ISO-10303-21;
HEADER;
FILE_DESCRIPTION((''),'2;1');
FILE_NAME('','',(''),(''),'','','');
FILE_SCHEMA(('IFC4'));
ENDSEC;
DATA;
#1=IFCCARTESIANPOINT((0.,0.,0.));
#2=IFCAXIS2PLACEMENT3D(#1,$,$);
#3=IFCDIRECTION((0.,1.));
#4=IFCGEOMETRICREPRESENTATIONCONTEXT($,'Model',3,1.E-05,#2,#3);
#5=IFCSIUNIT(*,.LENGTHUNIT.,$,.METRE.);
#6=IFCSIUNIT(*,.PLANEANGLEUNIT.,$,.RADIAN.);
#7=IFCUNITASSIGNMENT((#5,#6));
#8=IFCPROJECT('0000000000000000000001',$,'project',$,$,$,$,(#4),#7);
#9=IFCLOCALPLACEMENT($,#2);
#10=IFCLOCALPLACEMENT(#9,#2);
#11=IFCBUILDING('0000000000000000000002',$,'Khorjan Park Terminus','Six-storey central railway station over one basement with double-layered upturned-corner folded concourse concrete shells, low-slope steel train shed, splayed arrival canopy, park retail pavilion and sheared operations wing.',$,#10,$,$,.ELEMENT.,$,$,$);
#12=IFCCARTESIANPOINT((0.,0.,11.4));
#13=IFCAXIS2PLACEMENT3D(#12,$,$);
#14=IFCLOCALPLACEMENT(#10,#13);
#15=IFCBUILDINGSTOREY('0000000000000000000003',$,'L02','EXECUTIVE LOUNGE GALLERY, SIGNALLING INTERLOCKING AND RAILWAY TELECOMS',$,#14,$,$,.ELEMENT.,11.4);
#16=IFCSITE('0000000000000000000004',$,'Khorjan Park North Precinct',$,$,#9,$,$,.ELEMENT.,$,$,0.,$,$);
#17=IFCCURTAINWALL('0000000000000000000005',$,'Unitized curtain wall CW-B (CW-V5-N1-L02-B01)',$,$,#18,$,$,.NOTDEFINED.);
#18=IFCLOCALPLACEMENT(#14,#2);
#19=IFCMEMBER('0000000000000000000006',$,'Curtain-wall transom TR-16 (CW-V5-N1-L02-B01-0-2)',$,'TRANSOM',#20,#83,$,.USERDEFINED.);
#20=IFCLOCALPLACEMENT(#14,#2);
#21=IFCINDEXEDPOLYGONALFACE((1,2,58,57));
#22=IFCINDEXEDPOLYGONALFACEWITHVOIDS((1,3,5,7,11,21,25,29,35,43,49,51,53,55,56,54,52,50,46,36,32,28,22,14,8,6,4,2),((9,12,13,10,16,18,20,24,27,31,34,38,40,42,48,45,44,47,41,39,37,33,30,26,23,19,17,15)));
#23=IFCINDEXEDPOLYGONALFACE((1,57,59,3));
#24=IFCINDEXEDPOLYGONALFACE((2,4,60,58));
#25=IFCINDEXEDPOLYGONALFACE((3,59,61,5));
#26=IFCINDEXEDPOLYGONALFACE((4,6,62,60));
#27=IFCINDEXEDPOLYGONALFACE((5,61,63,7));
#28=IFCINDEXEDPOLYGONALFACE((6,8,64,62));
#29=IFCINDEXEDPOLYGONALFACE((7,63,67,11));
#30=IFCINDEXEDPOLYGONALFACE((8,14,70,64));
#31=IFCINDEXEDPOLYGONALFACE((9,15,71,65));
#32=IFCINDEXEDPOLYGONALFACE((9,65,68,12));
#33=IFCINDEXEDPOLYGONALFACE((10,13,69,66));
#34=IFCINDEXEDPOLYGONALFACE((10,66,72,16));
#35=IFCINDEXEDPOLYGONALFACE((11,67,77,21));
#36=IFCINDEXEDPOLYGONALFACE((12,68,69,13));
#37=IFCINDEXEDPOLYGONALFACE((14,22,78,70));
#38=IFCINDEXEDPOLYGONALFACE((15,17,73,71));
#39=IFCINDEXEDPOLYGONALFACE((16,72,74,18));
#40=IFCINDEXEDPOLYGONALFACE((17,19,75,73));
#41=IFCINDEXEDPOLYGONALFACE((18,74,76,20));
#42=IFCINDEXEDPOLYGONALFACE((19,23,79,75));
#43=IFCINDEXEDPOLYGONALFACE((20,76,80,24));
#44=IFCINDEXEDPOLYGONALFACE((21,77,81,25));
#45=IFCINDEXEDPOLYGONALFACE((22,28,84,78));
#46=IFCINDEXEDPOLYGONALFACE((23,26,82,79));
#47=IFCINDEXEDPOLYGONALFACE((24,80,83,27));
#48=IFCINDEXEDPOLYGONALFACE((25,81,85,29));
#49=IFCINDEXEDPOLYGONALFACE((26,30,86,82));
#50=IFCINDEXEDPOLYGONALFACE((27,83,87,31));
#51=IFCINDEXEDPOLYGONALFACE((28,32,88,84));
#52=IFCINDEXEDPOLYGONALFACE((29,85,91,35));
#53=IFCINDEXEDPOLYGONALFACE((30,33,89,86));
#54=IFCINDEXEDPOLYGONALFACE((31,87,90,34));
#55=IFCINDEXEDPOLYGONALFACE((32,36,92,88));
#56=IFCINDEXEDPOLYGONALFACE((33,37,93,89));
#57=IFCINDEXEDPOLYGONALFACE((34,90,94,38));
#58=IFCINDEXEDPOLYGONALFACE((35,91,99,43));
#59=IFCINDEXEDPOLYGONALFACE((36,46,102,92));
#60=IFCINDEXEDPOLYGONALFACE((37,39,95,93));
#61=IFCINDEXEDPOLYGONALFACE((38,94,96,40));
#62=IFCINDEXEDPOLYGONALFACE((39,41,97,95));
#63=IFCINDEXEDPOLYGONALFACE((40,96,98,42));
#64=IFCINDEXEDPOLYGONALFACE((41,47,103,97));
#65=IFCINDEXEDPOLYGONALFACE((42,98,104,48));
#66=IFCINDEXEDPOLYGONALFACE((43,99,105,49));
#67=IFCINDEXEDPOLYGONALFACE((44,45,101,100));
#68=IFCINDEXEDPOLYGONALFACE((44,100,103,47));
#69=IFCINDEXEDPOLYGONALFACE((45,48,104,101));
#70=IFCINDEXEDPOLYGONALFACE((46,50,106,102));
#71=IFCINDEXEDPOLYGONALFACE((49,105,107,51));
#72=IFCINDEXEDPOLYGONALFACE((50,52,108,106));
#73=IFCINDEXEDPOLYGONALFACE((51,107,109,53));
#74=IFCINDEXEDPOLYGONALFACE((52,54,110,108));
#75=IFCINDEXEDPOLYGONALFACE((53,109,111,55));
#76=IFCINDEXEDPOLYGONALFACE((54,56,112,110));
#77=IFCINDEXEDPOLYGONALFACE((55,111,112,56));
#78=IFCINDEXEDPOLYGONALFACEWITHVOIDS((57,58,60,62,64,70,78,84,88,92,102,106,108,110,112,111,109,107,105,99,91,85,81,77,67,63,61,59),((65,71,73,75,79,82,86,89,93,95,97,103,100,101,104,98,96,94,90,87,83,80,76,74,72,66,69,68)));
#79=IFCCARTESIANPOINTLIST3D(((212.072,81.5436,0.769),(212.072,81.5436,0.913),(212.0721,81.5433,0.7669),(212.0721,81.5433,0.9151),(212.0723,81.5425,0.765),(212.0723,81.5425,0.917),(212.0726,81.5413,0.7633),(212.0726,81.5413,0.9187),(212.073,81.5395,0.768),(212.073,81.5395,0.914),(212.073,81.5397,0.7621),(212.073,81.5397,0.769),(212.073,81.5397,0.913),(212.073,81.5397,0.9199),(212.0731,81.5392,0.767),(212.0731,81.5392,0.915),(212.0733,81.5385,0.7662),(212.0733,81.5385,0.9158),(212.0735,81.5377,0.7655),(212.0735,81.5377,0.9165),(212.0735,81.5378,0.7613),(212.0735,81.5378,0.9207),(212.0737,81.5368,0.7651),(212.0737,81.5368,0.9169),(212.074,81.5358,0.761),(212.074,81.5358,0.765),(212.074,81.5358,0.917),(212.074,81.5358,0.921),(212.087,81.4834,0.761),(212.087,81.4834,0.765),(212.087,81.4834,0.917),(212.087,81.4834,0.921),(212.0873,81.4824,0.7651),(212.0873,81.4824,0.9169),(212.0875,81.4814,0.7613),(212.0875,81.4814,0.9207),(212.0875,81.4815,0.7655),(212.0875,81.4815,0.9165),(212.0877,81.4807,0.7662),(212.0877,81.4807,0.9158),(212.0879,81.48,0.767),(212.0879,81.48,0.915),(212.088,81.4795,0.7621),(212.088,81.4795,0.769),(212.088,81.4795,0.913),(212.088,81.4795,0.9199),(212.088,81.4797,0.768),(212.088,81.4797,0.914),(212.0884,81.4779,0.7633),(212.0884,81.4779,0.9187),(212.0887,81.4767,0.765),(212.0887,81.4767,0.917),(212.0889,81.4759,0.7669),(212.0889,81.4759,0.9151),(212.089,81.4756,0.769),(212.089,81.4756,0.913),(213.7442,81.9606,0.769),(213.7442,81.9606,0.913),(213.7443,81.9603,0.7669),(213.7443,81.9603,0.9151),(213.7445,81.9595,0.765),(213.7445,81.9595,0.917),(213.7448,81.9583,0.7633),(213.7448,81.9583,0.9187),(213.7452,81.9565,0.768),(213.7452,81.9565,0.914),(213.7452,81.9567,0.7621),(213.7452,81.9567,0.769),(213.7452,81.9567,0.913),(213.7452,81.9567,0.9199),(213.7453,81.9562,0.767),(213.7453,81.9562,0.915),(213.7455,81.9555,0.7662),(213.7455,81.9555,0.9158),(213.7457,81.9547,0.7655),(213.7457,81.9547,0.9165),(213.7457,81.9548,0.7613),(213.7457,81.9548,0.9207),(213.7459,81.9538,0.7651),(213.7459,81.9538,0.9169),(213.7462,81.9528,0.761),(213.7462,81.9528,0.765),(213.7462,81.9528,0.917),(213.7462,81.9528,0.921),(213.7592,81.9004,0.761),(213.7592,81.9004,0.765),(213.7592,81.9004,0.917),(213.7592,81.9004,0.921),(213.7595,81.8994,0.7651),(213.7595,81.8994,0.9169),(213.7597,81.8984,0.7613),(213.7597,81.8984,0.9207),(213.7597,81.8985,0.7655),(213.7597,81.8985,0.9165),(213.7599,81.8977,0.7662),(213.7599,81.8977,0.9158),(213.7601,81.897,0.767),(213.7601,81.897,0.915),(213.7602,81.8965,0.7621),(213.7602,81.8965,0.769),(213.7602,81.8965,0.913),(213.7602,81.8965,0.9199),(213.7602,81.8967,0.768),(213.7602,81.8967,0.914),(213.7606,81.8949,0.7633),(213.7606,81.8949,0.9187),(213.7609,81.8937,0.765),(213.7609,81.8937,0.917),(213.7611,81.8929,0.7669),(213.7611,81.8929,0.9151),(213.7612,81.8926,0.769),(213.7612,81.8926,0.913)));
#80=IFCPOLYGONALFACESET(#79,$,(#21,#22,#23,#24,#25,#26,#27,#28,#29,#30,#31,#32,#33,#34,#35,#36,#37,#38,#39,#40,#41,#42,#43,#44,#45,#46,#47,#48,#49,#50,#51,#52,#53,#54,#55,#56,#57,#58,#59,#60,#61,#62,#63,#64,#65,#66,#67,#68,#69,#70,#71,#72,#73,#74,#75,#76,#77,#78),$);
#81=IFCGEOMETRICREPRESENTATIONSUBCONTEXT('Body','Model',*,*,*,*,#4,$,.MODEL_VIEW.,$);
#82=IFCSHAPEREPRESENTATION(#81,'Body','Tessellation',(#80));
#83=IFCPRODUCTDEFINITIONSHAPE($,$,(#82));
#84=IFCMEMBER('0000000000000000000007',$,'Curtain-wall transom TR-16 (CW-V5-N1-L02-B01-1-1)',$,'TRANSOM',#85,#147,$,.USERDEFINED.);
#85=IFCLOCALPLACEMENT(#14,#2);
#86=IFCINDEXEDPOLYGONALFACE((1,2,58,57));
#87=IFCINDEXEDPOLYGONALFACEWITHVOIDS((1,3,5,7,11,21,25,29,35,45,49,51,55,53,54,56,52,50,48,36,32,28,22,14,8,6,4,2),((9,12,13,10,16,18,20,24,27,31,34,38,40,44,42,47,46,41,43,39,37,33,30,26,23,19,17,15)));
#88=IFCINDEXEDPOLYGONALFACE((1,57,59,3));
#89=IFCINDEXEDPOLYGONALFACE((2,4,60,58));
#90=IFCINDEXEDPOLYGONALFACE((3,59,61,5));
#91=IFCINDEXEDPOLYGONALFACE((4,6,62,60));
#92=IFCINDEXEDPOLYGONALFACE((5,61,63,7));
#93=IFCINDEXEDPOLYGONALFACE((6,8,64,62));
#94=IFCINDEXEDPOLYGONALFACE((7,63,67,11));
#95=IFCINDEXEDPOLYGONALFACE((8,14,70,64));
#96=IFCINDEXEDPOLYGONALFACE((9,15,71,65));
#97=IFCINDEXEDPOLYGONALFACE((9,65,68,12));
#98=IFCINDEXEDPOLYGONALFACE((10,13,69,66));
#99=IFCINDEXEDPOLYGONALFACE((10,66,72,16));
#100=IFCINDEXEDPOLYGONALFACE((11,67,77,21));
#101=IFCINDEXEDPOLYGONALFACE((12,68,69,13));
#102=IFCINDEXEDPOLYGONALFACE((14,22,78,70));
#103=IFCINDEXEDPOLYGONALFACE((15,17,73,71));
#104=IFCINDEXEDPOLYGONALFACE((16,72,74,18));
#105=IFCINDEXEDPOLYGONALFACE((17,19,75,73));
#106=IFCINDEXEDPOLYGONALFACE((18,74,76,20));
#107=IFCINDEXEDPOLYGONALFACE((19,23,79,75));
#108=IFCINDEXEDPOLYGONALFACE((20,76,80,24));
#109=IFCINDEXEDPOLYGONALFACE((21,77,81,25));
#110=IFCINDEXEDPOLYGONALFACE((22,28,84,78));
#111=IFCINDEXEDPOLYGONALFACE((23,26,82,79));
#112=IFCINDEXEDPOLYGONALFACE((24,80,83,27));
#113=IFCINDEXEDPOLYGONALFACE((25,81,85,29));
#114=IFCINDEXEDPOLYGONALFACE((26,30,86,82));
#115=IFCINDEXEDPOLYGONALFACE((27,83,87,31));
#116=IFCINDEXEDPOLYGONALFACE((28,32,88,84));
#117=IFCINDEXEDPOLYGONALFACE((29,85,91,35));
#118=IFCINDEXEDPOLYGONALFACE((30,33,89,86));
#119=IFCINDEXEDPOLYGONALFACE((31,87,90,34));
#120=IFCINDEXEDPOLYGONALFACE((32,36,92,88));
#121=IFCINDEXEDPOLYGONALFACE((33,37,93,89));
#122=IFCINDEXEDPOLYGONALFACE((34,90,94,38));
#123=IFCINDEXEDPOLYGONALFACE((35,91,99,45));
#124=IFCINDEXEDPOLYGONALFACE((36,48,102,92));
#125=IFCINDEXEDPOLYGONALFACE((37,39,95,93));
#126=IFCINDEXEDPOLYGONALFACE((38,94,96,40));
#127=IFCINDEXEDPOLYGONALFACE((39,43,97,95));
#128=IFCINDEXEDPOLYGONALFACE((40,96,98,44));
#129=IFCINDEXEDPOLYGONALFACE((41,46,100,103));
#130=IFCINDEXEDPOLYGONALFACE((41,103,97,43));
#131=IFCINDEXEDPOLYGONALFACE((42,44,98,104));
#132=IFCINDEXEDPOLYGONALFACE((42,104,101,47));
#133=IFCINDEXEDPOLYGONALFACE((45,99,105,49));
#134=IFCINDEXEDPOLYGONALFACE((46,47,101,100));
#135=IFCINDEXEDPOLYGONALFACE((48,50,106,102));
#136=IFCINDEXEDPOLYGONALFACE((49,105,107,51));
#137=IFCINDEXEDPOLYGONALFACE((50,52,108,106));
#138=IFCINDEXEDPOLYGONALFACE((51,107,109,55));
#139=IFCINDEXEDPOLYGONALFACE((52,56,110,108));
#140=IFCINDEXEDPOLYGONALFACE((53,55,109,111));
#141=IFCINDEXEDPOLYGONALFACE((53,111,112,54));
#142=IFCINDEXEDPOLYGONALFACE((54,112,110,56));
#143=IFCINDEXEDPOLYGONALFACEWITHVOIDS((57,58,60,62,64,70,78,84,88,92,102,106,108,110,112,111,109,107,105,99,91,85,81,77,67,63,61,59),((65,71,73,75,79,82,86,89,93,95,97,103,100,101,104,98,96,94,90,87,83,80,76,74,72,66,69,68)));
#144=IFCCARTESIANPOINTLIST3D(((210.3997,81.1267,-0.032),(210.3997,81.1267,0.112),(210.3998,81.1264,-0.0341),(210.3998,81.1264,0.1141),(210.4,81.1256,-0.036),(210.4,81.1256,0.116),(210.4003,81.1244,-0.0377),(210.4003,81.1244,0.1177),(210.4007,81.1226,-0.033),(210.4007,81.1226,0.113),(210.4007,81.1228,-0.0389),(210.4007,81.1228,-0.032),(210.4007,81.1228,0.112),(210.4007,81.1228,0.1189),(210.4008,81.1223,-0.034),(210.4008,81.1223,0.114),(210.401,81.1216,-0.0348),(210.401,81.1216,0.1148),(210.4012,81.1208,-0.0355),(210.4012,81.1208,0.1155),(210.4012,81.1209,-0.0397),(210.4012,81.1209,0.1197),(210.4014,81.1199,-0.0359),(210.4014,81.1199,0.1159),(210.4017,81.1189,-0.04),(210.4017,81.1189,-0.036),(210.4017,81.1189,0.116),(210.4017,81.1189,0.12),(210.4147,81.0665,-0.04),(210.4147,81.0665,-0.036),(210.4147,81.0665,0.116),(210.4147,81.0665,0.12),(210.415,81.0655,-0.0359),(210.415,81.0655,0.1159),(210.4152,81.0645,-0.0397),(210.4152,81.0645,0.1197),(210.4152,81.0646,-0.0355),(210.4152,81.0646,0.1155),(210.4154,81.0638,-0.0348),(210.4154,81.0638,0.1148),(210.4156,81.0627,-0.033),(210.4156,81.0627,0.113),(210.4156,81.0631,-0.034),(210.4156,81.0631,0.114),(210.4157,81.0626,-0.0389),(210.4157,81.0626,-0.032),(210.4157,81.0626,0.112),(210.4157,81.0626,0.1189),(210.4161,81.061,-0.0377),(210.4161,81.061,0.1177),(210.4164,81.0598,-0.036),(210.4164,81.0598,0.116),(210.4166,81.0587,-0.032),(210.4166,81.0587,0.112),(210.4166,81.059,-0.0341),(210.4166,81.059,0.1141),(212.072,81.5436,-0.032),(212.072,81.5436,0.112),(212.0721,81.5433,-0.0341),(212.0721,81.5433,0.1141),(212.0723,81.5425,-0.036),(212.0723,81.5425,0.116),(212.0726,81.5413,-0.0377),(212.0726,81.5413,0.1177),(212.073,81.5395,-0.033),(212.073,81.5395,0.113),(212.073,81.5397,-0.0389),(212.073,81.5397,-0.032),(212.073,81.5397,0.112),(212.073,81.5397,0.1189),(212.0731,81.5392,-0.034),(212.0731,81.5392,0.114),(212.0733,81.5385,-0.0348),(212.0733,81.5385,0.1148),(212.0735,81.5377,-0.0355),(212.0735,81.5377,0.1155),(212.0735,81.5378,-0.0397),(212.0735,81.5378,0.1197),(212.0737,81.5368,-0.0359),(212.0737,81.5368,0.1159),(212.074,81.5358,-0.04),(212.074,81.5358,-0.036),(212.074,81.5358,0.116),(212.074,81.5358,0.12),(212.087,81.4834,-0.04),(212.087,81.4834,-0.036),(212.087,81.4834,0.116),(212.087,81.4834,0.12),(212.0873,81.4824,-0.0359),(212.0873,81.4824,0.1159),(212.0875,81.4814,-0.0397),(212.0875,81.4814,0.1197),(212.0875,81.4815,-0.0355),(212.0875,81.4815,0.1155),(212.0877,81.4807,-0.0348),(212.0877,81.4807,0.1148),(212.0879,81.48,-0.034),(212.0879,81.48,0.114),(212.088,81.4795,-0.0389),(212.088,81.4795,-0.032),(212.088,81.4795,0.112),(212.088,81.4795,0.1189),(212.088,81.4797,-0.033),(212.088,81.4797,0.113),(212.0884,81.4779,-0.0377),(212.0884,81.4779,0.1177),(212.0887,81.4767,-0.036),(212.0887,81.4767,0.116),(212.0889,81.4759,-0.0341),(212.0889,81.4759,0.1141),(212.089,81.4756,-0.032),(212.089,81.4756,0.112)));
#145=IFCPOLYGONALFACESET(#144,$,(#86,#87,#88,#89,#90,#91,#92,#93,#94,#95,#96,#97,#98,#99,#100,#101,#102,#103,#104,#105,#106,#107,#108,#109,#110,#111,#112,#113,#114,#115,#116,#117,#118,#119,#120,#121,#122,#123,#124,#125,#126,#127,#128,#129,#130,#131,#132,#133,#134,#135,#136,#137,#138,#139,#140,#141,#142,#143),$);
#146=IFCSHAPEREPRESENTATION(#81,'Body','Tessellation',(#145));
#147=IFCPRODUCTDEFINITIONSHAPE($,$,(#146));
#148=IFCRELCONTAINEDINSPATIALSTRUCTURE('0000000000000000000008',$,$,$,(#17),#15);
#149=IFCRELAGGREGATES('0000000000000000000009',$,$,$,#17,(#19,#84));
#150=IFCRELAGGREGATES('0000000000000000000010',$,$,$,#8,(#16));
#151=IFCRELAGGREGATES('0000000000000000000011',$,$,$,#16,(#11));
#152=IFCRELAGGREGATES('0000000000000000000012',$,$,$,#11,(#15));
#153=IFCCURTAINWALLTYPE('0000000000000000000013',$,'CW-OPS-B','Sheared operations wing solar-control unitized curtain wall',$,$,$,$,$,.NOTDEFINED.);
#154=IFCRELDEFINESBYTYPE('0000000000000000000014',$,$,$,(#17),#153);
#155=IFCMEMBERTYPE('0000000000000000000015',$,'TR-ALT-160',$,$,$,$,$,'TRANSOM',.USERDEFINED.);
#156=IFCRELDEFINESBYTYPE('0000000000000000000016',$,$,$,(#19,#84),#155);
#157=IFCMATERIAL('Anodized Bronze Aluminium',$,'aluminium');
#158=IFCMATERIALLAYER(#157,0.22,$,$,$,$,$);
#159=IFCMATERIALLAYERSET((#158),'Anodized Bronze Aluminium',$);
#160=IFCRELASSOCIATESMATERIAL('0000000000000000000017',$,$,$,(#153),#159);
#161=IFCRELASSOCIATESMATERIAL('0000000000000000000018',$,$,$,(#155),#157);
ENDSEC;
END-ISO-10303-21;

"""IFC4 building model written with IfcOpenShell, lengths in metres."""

from ifc_helpers import new_model, si_unit, direction, frame, origin, origin_2d, place, context, subcontext, project, spatial, hollow_rectangle, extrude, material, layer, layer_set, material_profile, profile_set, type_object, element, aggregate, save


model = new_model("IFC4")

# Units and contexts
model_context = context("Model", 3, precision=1e-05, world=origin(), true_north=direction((0.0, 1.0)))
body_context = subcontext(model_context, "Body", "Model", "MODEL_VIEW")
ifc_project = project(units=[si_unit("LENGTHUNIT", "METRE"), si_unit("PLANEANGLEUNIT", "RADIAN")], contexts=[model_context])

# Site, building, storey
site_placement = place(None, origin())
site = spatial("IfcSite", under=ifc_project, at=site_placement, Name="Khorjan Park North Precinct", CompositionType="ELEMENT", RefElevation=0.0)
building_placement = place(site_placement, origin())
building = spatial("IfcBuilding", under=site, at=building_placement, Name="Khorjan Park Terminus", Description="Six-storey central railway station over one basement with double-layered upturned-corner folded concourse concrete shells, low-slope steel train shed, splayed arrival canopy, park retail pavilion and sheared operations wing.", CompositionType="ELEMENT")
storey_placement = place(building_placement, frame((0.0, 0.0, 11.4)))
storey = spatial("IfcBuildingStorey", under=building, at=storey_placement, Name="L02", Description="EXECUTIVE LOUNGE GALLERY, SIGNALLING INTERLOCKING AND RAILWAY TELECOMS", CompositionType="ELEMENT", Elevation=11.4)

# Curtain wall, members
ifc_material_1 = material(Name="Anodized Bronze Aluminium", Category="aluminium")
ifc_layer_1 = layer(ifc_material_1, 0.22)
ifc_layer_set_1 = layer_set([ifc_layer_1], Name="Anodized Bronze Aluminium")
curtain_wall_type = type_object("IfcCurtainWallType", Name="CW-OPS-B", Description="Sheared operations wing solar-control unitized curtain wall", PredefinedType="NOTDEFINED", material=ifc_layer_set_1)
curtain_wall_placement = place(storey_placement, origin())
curtain_wall = element("IfcCurtainWall", 1, at=curtain_wall_placement, inside=storey, type_object=curtain_wall_type, Name="Unitized curtain wall CW-B (CW-V5-N1-L02-B01)", PredefinedType="NOTDEFINED")
ifc_material_profile_1 = material_profile(ifc_material_1, hollow_rectangle(XDim=0.07, YDim=0.16, WallThickness=0.004, InnerFilletRadius=0.004, OuterFilletRadius=0.008, at=origin_2d()), Name="ALT 70x160x4")
ifc_profile_set_1 = profile_set([ifc_material_profile_1], Name="Anodized Bronze Aluminium")
member_type_1 = type_object("IfcMemberType", Name="TR-ALT-160", ElementType="TRANSOM", PredefinedType="USERDEFINED", material=ifc_profile_set_1)
member_1_placement = place(storey_placement, frame((213.7527, 81.9266, 0.841), z_axis=(-0.970286, -0.241962, 0.0), x_axis=(0.241962, -0.970286, 0.0)))
member_1 = element("IfcMember", 2, at=member_1_placement, type_object=member_type_1, Name="Curtain-wall transom TR-16 (CW-V5-N1-L02-B01-0-2)", ObjectType="TRANSOM", PredefinedType="USERDEFINED", context=body_context, shape_type="SweptSolid", body=[
    extrude(hollow_rectangle(XDim=0.07, YDim=0.16, WallThickness=0.004, InnerFilletRadius=0.004, OuterFilletRadius=0.008, at=origin_2d()), origin(), (0.0, 0.0, 1.0), 1.7234),
])
member_2_placement = place(storey_placement, frame((212.0805, 81.5096, 0.04), z_axis=(-0.970303, -0.241894, 0.0), x_axis=(0.241894, -0.970303, 0.0)))
member_2 = element("IfcMember", 3, at=member_2_placement, type_object=member_type_1, Name="Curtain-wall transom TR-16 (CW-V5-N1-L02-B01-1-1)", ObjectType="TRANSOM", PredefinedType="USERDEFINED", context=body_context, shape_type="SweptSolid", body=[
    extrude(hollow_rectangle(XDim=0.07, YDim=0.16, WallThickness=0.004, InnerFilletRadius=0.004, OuterFilletRadius=0.008, at=origin_2d()), origin(), (0.0, 0.0, 1.0), 1.7235),
])
aggregate(curtain_wall, [member_1, member_2])

save(model, "model.ifc")
